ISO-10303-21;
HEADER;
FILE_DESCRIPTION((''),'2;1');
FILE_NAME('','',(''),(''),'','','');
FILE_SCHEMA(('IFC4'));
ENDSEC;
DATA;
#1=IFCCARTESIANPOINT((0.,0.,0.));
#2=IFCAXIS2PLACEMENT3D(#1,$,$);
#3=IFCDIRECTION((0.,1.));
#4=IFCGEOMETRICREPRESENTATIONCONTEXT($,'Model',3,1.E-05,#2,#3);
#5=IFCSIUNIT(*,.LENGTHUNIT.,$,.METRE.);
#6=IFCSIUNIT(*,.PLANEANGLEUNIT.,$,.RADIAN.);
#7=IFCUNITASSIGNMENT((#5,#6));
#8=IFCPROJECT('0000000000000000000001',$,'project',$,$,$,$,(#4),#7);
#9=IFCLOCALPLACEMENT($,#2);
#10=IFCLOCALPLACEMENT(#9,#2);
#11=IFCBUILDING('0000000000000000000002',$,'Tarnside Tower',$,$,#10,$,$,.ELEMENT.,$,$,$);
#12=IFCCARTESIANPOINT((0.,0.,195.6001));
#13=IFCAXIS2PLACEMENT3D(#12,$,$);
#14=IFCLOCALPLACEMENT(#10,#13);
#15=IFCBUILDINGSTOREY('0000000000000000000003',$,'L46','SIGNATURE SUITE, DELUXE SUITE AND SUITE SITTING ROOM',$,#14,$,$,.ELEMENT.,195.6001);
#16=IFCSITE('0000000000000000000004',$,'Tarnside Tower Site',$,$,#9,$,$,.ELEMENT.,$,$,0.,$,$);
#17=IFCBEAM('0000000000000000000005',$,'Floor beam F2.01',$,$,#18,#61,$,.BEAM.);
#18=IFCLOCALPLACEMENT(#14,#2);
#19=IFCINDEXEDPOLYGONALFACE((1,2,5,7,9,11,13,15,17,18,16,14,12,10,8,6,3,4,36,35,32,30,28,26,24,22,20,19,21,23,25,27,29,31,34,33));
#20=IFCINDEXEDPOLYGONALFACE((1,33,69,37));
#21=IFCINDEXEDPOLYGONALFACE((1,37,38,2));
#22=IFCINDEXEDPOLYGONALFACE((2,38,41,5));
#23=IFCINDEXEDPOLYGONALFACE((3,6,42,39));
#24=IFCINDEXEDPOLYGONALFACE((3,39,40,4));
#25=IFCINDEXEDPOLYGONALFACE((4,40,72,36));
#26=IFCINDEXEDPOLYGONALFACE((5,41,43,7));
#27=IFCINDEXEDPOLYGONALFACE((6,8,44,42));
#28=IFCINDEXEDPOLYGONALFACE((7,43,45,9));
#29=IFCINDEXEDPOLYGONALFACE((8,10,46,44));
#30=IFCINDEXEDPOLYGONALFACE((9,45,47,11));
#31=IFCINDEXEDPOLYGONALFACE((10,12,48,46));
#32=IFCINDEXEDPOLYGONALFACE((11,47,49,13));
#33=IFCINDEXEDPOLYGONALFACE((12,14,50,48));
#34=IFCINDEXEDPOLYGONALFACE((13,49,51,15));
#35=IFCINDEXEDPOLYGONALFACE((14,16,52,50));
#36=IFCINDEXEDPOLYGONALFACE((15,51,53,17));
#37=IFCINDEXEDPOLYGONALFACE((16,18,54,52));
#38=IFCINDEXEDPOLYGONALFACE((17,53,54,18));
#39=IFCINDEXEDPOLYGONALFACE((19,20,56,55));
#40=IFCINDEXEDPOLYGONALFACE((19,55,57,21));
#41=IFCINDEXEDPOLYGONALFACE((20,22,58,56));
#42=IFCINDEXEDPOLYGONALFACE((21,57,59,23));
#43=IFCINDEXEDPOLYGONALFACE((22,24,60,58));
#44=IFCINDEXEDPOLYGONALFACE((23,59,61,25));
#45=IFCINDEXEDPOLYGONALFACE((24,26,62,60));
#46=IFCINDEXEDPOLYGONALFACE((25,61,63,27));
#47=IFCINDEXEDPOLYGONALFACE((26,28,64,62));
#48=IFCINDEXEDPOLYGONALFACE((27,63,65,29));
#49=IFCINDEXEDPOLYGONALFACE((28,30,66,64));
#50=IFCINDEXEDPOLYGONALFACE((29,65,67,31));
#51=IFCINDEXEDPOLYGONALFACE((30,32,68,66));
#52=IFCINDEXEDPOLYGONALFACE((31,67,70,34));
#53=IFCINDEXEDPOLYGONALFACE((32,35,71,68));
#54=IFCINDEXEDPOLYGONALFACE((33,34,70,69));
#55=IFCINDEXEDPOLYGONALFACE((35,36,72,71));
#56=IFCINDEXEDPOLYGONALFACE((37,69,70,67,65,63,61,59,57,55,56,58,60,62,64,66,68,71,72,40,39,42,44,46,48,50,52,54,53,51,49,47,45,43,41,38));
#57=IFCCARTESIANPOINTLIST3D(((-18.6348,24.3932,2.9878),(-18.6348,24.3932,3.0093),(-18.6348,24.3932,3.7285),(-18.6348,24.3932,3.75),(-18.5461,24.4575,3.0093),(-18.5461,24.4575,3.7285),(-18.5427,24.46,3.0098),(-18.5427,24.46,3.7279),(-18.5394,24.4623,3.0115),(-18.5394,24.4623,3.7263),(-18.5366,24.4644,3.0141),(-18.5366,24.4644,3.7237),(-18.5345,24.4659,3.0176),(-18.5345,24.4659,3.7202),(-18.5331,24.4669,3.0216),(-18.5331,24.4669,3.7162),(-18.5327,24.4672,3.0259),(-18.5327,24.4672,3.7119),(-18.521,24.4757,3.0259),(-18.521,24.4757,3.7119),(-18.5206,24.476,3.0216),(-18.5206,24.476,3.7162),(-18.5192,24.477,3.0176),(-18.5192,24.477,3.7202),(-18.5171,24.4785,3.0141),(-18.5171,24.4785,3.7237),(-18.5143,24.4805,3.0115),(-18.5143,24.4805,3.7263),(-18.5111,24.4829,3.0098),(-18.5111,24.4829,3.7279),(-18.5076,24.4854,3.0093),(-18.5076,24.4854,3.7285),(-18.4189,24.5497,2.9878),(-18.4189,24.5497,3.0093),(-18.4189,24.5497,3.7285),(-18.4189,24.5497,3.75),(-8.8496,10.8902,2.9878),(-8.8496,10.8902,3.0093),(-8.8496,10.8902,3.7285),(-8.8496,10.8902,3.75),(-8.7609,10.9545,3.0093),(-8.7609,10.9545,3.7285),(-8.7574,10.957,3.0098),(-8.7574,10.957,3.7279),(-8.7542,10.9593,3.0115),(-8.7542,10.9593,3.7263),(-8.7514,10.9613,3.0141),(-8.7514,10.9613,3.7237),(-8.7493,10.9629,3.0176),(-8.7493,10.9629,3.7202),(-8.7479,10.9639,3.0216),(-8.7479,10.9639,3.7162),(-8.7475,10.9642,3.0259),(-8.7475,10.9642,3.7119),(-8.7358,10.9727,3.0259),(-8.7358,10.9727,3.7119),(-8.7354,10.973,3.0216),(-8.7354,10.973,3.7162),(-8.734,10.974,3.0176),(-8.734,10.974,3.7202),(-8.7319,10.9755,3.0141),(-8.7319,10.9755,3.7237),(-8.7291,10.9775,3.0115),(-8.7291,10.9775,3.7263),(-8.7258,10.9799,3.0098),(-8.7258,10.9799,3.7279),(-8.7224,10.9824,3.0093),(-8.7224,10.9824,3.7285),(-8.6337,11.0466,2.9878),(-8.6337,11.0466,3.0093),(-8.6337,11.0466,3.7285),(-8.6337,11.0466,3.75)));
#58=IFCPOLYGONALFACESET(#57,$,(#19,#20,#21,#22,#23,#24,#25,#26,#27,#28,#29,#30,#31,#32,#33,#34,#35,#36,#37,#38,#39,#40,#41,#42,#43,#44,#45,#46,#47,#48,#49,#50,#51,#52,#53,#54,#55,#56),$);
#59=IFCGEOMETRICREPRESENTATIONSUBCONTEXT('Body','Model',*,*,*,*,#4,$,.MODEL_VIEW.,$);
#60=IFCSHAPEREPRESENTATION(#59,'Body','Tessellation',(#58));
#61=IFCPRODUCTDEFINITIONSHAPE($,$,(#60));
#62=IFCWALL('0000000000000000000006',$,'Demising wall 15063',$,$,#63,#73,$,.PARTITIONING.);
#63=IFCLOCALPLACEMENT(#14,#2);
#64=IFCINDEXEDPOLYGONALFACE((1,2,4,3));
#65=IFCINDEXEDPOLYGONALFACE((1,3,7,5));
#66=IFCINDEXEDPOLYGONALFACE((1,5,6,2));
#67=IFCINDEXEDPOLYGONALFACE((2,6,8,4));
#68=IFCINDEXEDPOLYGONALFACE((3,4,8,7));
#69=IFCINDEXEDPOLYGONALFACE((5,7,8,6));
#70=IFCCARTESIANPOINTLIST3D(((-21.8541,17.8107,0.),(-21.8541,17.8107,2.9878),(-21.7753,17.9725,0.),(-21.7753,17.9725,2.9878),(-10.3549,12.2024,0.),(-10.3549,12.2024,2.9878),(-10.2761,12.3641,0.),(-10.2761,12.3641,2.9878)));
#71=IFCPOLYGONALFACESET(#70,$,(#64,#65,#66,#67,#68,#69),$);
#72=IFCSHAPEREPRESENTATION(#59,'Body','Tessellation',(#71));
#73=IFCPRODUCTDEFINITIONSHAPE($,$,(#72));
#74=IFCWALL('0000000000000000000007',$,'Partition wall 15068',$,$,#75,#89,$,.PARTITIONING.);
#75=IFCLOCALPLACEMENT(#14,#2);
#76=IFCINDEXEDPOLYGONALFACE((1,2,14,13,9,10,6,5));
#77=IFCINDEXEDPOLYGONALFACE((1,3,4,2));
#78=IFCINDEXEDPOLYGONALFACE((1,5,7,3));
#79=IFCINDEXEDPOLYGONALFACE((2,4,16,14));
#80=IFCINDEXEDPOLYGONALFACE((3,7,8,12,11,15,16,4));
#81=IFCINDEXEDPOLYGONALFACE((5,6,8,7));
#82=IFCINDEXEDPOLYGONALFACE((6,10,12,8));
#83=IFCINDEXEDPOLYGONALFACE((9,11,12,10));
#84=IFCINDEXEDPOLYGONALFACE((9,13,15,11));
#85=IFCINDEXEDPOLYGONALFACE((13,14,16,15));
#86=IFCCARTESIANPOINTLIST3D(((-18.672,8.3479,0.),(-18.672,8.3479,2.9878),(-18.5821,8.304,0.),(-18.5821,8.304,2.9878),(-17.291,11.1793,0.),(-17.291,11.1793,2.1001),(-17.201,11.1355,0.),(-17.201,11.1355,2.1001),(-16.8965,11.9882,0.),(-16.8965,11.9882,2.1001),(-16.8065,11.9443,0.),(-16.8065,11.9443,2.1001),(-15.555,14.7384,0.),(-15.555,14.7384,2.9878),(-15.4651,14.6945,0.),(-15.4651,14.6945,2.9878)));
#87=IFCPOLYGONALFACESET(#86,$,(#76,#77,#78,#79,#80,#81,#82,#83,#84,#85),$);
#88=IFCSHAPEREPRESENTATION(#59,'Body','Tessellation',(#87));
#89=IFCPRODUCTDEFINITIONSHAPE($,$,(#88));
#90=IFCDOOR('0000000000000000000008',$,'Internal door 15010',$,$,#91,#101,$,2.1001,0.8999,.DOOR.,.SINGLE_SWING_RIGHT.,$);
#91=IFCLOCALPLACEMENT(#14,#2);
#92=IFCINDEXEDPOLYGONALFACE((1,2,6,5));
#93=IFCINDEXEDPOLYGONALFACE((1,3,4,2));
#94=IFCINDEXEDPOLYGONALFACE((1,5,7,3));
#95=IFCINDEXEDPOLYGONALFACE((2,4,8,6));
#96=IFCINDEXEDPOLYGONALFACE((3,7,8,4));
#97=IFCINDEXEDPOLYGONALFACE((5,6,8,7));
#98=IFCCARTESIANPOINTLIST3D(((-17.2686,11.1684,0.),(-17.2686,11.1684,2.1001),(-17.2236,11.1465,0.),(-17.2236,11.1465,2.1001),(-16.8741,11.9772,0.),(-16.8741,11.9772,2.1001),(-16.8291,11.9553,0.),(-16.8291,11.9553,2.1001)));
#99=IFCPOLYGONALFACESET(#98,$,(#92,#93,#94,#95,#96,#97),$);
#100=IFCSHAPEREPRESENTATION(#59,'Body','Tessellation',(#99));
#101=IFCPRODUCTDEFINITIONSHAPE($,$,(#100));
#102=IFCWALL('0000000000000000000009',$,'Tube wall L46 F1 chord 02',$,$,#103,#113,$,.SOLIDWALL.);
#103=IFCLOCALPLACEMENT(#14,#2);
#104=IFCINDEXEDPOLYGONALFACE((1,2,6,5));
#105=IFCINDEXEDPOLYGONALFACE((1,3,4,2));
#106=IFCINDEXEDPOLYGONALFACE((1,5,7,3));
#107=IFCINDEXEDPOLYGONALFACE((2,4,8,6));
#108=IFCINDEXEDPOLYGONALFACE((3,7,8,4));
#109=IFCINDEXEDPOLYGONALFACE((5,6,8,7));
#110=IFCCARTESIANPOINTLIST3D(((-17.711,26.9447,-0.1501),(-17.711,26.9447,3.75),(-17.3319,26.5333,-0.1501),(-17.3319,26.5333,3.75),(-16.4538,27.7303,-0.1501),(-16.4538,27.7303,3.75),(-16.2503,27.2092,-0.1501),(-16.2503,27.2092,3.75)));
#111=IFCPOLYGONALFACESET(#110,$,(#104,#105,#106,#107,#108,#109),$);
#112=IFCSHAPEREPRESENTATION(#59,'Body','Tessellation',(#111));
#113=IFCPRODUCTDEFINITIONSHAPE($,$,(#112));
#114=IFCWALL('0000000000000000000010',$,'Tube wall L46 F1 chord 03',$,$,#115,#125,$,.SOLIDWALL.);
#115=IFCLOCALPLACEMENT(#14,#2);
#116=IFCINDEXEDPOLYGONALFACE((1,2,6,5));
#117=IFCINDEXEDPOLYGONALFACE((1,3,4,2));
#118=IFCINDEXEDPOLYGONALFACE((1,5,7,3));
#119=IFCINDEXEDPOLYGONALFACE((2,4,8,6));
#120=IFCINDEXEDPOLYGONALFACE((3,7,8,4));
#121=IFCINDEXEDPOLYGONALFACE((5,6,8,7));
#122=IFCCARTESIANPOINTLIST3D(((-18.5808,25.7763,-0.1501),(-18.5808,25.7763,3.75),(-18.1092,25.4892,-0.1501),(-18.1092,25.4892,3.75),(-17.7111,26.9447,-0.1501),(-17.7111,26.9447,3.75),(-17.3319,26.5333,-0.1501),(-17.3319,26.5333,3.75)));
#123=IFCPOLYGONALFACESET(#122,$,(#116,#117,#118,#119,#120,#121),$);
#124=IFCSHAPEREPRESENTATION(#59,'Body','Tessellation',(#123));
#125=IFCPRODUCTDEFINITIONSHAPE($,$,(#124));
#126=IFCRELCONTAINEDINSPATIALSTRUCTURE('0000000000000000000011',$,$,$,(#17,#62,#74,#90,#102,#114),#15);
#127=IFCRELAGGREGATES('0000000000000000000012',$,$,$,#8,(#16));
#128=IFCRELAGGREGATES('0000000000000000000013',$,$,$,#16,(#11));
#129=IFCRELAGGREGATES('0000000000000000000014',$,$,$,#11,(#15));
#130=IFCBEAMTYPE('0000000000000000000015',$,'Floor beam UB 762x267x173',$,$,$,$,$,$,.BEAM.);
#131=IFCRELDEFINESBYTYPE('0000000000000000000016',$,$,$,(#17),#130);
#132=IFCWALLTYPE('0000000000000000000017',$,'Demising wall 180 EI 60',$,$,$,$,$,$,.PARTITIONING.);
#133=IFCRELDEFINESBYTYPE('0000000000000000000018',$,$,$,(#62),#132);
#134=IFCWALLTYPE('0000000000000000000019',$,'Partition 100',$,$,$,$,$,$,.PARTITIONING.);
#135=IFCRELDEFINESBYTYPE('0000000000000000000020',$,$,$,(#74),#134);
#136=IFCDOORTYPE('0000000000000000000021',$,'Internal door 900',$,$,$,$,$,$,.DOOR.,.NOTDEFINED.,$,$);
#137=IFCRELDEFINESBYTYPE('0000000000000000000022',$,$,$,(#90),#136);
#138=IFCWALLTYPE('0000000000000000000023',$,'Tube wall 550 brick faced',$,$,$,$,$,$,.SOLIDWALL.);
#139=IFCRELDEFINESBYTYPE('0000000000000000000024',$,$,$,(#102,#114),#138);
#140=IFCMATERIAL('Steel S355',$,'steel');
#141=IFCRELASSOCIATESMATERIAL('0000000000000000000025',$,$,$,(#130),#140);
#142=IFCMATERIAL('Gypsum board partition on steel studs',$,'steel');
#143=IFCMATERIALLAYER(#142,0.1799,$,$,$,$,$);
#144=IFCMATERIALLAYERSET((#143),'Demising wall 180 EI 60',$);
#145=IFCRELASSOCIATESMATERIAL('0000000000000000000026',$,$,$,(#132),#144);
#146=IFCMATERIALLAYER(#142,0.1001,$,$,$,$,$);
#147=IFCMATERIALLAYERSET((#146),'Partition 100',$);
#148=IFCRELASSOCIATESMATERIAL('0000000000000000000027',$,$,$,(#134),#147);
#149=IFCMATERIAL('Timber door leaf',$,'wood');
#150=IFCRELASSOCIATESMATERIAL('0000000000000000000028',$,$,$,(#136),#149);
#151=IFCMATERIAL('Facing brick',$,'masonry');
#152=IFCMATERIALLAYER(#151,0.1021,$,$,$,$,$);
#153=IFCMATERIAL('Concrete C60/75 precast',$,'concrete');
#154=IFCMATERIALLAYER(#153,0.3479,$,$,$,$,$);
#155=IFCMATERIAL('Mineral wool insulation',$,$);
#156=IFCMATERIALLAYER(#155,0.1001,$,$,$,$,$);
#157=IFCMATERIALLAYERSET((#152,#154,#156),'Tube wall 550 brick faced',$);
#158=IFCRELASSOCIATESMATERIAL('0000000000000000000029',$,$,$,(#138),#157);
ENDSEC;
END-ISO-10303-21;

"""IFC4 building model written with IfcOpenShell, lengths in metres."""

from ifc_helpers import new_model, si_unit, direction, frame, frame_2d, origin, origin_2d, place, context, subcontext, project, spatial, polyline, rectangle, i_section, outline, extrude, material, layer, layer_set, material_profile, profile_set, type_object, element, fill, save


model = new_model("IFC4")

# Units and contexts
model_context = context("Model", 3, precision=1e-05, world=origin(), true_north=direction((0.0, 1.0)))
body_context = subcontext(model_context, "Body", "Model", "MODEL_VIEW")
ifc_project = project(units=[si_unit("LENGTHUNIT", "METRE"), si_unit("PLANEANGLEUNIT", "RADIAN")], contexts=[model_context])

# Site, building, storey
site_placement = place(None, origin())
site = spatial("IfcSite", under=ifc_project, at=site_placement, Name="Tarnside Tower Site", CompositionType="ELEMENT", RefElevation=0.0)
building_placement = place(site_placement, origin())
building = spatial("IfcBuilding", under=site, at=building_placement, Name="Tarnside Tower", CompositionType="ELEMENT")
storey_placement = place(building_placement, frame((0.0, 0.0, 195.6001)))
storey = spatial("IfcBuildingStorey", under=building, at=storey_placement, Name="L46", Description="SIGNATURE SUITE, DELUXE SUITE AND SUITE SITTING ROOM", CompositionType="ELEMENT", Elevation=195.6001)

# Beam
ifc_material_1 = material(Name="Steel S355", Category="steel")
ifc_material_profile_1 = material_profile(ifc_material_1, i_section(OverallWidth=0.2666, OverallDepth=0.7622, WebThickness=0.0144, FlangeThickness=0.0215, FilletRadius=0.0166, at=origin_2d()), Name="UB 762x267x173")
ifc_profile_set_1 = profile_set([ifc_material_profile_1], Name="Steel S355")
beam_type_1 = type_object("IfcBeamType", Name="Floor beam UB 762x267x173", PredefinedType="BEAM", material=ifc_profile_set_1)
beam_1_placement = place(storey_placement, frame((-18.5269, 24.4714, 3.3689), z_axis=(0.586792, -0.809738, 0.0), x_axis=(0.809738, 0.586792, 0.0)))
element("IfcBeam", 1, at=beam_1_placement, inside=storey, type_object=beam_type_1, Name="Floor beam F2.01", PredefinedType="BEAM", context=body_context, shape_type="SweptSolid", body=[
    extrude(i_section(OverallWidth=0.2666, OverallDepth=0.7622, WebThickness=0.0144, FlangeThickness=0.0215, FilletRadius=0.0166, at=origin_2d()), origin(), (0.0, 0.0, 1.0), 16.6758),
])

# Wall
ifc_material_2 = material(Name="Gypsum board partition on steel studs", Category="steel")
ifc_layer_1 = layer(ifc_material_2, 0.1799)
ifc_layer_set_1 = layer_set([ifc_layer_1], Name="Demising wall 180 EI 60")
wall_type_1 = type_object("IfcWallType", Name="Demising wall 180 EI 60", PredefinedType="PARTITIONING", material=ifc_layer_set_1)
wall_1_placement = place(storey_placement, frame((-21.8147, 17.8916, 0.0), z_axis=(0.0, 0.0, 1.0), x_axis=(0.898799, -0.43836, 0.0)))
element("IfcWall", 2, at=wall_1_placement, inside=storey, type_object=wall_type_1, Name="Demising wall 15063", PredefinedType="PARTITIONING", context=body_context, shape_type="SweptSolid", body=[
    extrude(rectangle(XDim=12.7939, YDim=0.1799, at=frame_2d((6.397, 0.0))), origin(), (0.0, 0.0, 1.0), 2.9878),
])

# Wall, opening, door
ifc_layer_2 = layer(ifc_material_2, 0.1001)
ifc_layer_set_2 = layer_set([ifc_layer_2], Name="Partition 100")
wall_type_2 = type_object("IfcWallType", Name="Partition 100", PredefinedType="PARTITIONING", material=ifc_layer_set_2)
wall_2_placement = place(storey_placement, frame((-15.51, 14.7166, 0.0), z_axis=(0.0, 0.0, 1.0), x_axis=(-0.438388, -0.898786, 0.0)))
wall_2 = element("IfcWall", 3, at=wall_2_placement, inside=storey, type_object=wall_type_2, Name="Partition wall 15068", PredefinedType="PARTITIONING", context=body_context, shape_type="SweptSolid", body=[
    extrude(rectangle(XDim=7.1101, YDim=0.1001, at=frame_2d((3.5552, 0.0))), origin(), (0.0, 0.0, 1.0), 2.9878),
])
opening_1_placement = place(wall_2_placement, frame((3.0601, 0.0, 0.0)))
opening_1 = element("IfcOpeningElement", 4, at=opening_1_placement, cuts=wall_2, PredefinedType="OPENING", context=body_context, shape_type="SweptSolid", body=[
    extrude(rectangle(XDim=0.8999, YDim=2.1001, at=frame_2d((0.45, 1.05))), frame((0.0, 0.0601, 0.0), z_axis=(0.0, -1.0, 0.0), x_axis=(1.0, 0.0, 0.0)), (0.0, 0.0, 1.0), 0.1201),
])
ifc_material_3 = material(Name="Timber door leaf", Category="wood")
door_type = type_object("IfcDoorType", Name="Internal door 900", OperationType="NOTDEFINED", PredefinedType="DOOR", material=ifc_material_3)
door_placement = place(opening_1_placement, origin())
door = element("IfcDoor", 5, at=door_placement, inside=storey, type_object=door_type, Name="Internal door 15010", OperationType="SINGLE_SWING_RIGHT", OverallHeight=2.1001, OverallWidth=0.8999, PredefinedType="DOOR", context=body_context, shape_type="SweptSolid", body=[
    extrude(rectangle(XDim=0.8999, YDim=2.1001, at=frame_2d((0.45, 1.05))), frame((0.0, 0.0249, 0.0), z_axis=(0.0, -1.0, 0.0), x_axis=(1.0, 0.0, 0.0)), (0.0, 0.0, 1.0), 0.05),
])
fill(opening_1, door)

# Walls
ifc_material_4 = material(Name="Facing brick", Category="masonry")
ifc_layer_3 = layer(ifc_material_4, 0.1021)
ifc_material_5 = material(Name="Concrete C60/75 precast", Category="concrete")
ifc_layer_4 = layer(ifc_material_5, 0.3479)
ifc_material_6 = material(Name="Mineral wool insulation")
ifc_layer_5 = layer(ifc_material_6, 0.1001)
ifc_layer_set_3 = layer_set([ifc_layer_3, ifc_layer_4, ifc_layer_5], Name="Tube wall 550 brick faced")
wall_type_3 = type_object("IfcWallType", Name="Tube wall 550 brick faced", PredefinedType="SOLIDWALL", material=ifc_layer_set_3)
wall_3_placement = place(storey_placement, frame((-16.3521, 27.4697, -0.1501), z_axis=(0.0, 0.0, 1.0), x_axis=(-0.848058, -0.529903, 0.0)))
element("IfcWall", 6, at=wall_3_placement, inside=storey, type_object=wall_type_3, Name="Tube wall L46 F1 chord 02", PredefinedType="SOLIDWALL", context=body_context, shape_type="SweptSolid", body=[
    extrude(outline(polyline([(-0.0518, -0.2749), (1.4307, -0.2749), (1.3271, 0.2749), (0.0518, 0.2749), (-0.0518, -0.2749)])), origin(), (0.0, 0.0, 1.0), 3.9001),
])
wall_4_placement = place(storey_placement, frame((-17.5215, 26.739, -0.1501), z_axis=(0.0, 0.0, 1.0), x_axis=(-0.597135, -0.802141, 0.0)))
element("IfcWall", 7, at=wall_4_placement, inside=storey, type_object=wall_type_3, Name="Tube wall L46 F1 chord 03", PredefinedType="SOLIDWALL", context=body_context, shape_type="SweptSolid", body=[
    extrude(outline(polyline([(-0.0518, -0.2749), (1.4048, -0.2749), (1.3535, 0.2749), (0.0518, 0.2749), (-0.0518, -0.2749)])), origin(), (0.0, 0.0, 1.0), 3.9001),
])

save(model, "model.ifc")
